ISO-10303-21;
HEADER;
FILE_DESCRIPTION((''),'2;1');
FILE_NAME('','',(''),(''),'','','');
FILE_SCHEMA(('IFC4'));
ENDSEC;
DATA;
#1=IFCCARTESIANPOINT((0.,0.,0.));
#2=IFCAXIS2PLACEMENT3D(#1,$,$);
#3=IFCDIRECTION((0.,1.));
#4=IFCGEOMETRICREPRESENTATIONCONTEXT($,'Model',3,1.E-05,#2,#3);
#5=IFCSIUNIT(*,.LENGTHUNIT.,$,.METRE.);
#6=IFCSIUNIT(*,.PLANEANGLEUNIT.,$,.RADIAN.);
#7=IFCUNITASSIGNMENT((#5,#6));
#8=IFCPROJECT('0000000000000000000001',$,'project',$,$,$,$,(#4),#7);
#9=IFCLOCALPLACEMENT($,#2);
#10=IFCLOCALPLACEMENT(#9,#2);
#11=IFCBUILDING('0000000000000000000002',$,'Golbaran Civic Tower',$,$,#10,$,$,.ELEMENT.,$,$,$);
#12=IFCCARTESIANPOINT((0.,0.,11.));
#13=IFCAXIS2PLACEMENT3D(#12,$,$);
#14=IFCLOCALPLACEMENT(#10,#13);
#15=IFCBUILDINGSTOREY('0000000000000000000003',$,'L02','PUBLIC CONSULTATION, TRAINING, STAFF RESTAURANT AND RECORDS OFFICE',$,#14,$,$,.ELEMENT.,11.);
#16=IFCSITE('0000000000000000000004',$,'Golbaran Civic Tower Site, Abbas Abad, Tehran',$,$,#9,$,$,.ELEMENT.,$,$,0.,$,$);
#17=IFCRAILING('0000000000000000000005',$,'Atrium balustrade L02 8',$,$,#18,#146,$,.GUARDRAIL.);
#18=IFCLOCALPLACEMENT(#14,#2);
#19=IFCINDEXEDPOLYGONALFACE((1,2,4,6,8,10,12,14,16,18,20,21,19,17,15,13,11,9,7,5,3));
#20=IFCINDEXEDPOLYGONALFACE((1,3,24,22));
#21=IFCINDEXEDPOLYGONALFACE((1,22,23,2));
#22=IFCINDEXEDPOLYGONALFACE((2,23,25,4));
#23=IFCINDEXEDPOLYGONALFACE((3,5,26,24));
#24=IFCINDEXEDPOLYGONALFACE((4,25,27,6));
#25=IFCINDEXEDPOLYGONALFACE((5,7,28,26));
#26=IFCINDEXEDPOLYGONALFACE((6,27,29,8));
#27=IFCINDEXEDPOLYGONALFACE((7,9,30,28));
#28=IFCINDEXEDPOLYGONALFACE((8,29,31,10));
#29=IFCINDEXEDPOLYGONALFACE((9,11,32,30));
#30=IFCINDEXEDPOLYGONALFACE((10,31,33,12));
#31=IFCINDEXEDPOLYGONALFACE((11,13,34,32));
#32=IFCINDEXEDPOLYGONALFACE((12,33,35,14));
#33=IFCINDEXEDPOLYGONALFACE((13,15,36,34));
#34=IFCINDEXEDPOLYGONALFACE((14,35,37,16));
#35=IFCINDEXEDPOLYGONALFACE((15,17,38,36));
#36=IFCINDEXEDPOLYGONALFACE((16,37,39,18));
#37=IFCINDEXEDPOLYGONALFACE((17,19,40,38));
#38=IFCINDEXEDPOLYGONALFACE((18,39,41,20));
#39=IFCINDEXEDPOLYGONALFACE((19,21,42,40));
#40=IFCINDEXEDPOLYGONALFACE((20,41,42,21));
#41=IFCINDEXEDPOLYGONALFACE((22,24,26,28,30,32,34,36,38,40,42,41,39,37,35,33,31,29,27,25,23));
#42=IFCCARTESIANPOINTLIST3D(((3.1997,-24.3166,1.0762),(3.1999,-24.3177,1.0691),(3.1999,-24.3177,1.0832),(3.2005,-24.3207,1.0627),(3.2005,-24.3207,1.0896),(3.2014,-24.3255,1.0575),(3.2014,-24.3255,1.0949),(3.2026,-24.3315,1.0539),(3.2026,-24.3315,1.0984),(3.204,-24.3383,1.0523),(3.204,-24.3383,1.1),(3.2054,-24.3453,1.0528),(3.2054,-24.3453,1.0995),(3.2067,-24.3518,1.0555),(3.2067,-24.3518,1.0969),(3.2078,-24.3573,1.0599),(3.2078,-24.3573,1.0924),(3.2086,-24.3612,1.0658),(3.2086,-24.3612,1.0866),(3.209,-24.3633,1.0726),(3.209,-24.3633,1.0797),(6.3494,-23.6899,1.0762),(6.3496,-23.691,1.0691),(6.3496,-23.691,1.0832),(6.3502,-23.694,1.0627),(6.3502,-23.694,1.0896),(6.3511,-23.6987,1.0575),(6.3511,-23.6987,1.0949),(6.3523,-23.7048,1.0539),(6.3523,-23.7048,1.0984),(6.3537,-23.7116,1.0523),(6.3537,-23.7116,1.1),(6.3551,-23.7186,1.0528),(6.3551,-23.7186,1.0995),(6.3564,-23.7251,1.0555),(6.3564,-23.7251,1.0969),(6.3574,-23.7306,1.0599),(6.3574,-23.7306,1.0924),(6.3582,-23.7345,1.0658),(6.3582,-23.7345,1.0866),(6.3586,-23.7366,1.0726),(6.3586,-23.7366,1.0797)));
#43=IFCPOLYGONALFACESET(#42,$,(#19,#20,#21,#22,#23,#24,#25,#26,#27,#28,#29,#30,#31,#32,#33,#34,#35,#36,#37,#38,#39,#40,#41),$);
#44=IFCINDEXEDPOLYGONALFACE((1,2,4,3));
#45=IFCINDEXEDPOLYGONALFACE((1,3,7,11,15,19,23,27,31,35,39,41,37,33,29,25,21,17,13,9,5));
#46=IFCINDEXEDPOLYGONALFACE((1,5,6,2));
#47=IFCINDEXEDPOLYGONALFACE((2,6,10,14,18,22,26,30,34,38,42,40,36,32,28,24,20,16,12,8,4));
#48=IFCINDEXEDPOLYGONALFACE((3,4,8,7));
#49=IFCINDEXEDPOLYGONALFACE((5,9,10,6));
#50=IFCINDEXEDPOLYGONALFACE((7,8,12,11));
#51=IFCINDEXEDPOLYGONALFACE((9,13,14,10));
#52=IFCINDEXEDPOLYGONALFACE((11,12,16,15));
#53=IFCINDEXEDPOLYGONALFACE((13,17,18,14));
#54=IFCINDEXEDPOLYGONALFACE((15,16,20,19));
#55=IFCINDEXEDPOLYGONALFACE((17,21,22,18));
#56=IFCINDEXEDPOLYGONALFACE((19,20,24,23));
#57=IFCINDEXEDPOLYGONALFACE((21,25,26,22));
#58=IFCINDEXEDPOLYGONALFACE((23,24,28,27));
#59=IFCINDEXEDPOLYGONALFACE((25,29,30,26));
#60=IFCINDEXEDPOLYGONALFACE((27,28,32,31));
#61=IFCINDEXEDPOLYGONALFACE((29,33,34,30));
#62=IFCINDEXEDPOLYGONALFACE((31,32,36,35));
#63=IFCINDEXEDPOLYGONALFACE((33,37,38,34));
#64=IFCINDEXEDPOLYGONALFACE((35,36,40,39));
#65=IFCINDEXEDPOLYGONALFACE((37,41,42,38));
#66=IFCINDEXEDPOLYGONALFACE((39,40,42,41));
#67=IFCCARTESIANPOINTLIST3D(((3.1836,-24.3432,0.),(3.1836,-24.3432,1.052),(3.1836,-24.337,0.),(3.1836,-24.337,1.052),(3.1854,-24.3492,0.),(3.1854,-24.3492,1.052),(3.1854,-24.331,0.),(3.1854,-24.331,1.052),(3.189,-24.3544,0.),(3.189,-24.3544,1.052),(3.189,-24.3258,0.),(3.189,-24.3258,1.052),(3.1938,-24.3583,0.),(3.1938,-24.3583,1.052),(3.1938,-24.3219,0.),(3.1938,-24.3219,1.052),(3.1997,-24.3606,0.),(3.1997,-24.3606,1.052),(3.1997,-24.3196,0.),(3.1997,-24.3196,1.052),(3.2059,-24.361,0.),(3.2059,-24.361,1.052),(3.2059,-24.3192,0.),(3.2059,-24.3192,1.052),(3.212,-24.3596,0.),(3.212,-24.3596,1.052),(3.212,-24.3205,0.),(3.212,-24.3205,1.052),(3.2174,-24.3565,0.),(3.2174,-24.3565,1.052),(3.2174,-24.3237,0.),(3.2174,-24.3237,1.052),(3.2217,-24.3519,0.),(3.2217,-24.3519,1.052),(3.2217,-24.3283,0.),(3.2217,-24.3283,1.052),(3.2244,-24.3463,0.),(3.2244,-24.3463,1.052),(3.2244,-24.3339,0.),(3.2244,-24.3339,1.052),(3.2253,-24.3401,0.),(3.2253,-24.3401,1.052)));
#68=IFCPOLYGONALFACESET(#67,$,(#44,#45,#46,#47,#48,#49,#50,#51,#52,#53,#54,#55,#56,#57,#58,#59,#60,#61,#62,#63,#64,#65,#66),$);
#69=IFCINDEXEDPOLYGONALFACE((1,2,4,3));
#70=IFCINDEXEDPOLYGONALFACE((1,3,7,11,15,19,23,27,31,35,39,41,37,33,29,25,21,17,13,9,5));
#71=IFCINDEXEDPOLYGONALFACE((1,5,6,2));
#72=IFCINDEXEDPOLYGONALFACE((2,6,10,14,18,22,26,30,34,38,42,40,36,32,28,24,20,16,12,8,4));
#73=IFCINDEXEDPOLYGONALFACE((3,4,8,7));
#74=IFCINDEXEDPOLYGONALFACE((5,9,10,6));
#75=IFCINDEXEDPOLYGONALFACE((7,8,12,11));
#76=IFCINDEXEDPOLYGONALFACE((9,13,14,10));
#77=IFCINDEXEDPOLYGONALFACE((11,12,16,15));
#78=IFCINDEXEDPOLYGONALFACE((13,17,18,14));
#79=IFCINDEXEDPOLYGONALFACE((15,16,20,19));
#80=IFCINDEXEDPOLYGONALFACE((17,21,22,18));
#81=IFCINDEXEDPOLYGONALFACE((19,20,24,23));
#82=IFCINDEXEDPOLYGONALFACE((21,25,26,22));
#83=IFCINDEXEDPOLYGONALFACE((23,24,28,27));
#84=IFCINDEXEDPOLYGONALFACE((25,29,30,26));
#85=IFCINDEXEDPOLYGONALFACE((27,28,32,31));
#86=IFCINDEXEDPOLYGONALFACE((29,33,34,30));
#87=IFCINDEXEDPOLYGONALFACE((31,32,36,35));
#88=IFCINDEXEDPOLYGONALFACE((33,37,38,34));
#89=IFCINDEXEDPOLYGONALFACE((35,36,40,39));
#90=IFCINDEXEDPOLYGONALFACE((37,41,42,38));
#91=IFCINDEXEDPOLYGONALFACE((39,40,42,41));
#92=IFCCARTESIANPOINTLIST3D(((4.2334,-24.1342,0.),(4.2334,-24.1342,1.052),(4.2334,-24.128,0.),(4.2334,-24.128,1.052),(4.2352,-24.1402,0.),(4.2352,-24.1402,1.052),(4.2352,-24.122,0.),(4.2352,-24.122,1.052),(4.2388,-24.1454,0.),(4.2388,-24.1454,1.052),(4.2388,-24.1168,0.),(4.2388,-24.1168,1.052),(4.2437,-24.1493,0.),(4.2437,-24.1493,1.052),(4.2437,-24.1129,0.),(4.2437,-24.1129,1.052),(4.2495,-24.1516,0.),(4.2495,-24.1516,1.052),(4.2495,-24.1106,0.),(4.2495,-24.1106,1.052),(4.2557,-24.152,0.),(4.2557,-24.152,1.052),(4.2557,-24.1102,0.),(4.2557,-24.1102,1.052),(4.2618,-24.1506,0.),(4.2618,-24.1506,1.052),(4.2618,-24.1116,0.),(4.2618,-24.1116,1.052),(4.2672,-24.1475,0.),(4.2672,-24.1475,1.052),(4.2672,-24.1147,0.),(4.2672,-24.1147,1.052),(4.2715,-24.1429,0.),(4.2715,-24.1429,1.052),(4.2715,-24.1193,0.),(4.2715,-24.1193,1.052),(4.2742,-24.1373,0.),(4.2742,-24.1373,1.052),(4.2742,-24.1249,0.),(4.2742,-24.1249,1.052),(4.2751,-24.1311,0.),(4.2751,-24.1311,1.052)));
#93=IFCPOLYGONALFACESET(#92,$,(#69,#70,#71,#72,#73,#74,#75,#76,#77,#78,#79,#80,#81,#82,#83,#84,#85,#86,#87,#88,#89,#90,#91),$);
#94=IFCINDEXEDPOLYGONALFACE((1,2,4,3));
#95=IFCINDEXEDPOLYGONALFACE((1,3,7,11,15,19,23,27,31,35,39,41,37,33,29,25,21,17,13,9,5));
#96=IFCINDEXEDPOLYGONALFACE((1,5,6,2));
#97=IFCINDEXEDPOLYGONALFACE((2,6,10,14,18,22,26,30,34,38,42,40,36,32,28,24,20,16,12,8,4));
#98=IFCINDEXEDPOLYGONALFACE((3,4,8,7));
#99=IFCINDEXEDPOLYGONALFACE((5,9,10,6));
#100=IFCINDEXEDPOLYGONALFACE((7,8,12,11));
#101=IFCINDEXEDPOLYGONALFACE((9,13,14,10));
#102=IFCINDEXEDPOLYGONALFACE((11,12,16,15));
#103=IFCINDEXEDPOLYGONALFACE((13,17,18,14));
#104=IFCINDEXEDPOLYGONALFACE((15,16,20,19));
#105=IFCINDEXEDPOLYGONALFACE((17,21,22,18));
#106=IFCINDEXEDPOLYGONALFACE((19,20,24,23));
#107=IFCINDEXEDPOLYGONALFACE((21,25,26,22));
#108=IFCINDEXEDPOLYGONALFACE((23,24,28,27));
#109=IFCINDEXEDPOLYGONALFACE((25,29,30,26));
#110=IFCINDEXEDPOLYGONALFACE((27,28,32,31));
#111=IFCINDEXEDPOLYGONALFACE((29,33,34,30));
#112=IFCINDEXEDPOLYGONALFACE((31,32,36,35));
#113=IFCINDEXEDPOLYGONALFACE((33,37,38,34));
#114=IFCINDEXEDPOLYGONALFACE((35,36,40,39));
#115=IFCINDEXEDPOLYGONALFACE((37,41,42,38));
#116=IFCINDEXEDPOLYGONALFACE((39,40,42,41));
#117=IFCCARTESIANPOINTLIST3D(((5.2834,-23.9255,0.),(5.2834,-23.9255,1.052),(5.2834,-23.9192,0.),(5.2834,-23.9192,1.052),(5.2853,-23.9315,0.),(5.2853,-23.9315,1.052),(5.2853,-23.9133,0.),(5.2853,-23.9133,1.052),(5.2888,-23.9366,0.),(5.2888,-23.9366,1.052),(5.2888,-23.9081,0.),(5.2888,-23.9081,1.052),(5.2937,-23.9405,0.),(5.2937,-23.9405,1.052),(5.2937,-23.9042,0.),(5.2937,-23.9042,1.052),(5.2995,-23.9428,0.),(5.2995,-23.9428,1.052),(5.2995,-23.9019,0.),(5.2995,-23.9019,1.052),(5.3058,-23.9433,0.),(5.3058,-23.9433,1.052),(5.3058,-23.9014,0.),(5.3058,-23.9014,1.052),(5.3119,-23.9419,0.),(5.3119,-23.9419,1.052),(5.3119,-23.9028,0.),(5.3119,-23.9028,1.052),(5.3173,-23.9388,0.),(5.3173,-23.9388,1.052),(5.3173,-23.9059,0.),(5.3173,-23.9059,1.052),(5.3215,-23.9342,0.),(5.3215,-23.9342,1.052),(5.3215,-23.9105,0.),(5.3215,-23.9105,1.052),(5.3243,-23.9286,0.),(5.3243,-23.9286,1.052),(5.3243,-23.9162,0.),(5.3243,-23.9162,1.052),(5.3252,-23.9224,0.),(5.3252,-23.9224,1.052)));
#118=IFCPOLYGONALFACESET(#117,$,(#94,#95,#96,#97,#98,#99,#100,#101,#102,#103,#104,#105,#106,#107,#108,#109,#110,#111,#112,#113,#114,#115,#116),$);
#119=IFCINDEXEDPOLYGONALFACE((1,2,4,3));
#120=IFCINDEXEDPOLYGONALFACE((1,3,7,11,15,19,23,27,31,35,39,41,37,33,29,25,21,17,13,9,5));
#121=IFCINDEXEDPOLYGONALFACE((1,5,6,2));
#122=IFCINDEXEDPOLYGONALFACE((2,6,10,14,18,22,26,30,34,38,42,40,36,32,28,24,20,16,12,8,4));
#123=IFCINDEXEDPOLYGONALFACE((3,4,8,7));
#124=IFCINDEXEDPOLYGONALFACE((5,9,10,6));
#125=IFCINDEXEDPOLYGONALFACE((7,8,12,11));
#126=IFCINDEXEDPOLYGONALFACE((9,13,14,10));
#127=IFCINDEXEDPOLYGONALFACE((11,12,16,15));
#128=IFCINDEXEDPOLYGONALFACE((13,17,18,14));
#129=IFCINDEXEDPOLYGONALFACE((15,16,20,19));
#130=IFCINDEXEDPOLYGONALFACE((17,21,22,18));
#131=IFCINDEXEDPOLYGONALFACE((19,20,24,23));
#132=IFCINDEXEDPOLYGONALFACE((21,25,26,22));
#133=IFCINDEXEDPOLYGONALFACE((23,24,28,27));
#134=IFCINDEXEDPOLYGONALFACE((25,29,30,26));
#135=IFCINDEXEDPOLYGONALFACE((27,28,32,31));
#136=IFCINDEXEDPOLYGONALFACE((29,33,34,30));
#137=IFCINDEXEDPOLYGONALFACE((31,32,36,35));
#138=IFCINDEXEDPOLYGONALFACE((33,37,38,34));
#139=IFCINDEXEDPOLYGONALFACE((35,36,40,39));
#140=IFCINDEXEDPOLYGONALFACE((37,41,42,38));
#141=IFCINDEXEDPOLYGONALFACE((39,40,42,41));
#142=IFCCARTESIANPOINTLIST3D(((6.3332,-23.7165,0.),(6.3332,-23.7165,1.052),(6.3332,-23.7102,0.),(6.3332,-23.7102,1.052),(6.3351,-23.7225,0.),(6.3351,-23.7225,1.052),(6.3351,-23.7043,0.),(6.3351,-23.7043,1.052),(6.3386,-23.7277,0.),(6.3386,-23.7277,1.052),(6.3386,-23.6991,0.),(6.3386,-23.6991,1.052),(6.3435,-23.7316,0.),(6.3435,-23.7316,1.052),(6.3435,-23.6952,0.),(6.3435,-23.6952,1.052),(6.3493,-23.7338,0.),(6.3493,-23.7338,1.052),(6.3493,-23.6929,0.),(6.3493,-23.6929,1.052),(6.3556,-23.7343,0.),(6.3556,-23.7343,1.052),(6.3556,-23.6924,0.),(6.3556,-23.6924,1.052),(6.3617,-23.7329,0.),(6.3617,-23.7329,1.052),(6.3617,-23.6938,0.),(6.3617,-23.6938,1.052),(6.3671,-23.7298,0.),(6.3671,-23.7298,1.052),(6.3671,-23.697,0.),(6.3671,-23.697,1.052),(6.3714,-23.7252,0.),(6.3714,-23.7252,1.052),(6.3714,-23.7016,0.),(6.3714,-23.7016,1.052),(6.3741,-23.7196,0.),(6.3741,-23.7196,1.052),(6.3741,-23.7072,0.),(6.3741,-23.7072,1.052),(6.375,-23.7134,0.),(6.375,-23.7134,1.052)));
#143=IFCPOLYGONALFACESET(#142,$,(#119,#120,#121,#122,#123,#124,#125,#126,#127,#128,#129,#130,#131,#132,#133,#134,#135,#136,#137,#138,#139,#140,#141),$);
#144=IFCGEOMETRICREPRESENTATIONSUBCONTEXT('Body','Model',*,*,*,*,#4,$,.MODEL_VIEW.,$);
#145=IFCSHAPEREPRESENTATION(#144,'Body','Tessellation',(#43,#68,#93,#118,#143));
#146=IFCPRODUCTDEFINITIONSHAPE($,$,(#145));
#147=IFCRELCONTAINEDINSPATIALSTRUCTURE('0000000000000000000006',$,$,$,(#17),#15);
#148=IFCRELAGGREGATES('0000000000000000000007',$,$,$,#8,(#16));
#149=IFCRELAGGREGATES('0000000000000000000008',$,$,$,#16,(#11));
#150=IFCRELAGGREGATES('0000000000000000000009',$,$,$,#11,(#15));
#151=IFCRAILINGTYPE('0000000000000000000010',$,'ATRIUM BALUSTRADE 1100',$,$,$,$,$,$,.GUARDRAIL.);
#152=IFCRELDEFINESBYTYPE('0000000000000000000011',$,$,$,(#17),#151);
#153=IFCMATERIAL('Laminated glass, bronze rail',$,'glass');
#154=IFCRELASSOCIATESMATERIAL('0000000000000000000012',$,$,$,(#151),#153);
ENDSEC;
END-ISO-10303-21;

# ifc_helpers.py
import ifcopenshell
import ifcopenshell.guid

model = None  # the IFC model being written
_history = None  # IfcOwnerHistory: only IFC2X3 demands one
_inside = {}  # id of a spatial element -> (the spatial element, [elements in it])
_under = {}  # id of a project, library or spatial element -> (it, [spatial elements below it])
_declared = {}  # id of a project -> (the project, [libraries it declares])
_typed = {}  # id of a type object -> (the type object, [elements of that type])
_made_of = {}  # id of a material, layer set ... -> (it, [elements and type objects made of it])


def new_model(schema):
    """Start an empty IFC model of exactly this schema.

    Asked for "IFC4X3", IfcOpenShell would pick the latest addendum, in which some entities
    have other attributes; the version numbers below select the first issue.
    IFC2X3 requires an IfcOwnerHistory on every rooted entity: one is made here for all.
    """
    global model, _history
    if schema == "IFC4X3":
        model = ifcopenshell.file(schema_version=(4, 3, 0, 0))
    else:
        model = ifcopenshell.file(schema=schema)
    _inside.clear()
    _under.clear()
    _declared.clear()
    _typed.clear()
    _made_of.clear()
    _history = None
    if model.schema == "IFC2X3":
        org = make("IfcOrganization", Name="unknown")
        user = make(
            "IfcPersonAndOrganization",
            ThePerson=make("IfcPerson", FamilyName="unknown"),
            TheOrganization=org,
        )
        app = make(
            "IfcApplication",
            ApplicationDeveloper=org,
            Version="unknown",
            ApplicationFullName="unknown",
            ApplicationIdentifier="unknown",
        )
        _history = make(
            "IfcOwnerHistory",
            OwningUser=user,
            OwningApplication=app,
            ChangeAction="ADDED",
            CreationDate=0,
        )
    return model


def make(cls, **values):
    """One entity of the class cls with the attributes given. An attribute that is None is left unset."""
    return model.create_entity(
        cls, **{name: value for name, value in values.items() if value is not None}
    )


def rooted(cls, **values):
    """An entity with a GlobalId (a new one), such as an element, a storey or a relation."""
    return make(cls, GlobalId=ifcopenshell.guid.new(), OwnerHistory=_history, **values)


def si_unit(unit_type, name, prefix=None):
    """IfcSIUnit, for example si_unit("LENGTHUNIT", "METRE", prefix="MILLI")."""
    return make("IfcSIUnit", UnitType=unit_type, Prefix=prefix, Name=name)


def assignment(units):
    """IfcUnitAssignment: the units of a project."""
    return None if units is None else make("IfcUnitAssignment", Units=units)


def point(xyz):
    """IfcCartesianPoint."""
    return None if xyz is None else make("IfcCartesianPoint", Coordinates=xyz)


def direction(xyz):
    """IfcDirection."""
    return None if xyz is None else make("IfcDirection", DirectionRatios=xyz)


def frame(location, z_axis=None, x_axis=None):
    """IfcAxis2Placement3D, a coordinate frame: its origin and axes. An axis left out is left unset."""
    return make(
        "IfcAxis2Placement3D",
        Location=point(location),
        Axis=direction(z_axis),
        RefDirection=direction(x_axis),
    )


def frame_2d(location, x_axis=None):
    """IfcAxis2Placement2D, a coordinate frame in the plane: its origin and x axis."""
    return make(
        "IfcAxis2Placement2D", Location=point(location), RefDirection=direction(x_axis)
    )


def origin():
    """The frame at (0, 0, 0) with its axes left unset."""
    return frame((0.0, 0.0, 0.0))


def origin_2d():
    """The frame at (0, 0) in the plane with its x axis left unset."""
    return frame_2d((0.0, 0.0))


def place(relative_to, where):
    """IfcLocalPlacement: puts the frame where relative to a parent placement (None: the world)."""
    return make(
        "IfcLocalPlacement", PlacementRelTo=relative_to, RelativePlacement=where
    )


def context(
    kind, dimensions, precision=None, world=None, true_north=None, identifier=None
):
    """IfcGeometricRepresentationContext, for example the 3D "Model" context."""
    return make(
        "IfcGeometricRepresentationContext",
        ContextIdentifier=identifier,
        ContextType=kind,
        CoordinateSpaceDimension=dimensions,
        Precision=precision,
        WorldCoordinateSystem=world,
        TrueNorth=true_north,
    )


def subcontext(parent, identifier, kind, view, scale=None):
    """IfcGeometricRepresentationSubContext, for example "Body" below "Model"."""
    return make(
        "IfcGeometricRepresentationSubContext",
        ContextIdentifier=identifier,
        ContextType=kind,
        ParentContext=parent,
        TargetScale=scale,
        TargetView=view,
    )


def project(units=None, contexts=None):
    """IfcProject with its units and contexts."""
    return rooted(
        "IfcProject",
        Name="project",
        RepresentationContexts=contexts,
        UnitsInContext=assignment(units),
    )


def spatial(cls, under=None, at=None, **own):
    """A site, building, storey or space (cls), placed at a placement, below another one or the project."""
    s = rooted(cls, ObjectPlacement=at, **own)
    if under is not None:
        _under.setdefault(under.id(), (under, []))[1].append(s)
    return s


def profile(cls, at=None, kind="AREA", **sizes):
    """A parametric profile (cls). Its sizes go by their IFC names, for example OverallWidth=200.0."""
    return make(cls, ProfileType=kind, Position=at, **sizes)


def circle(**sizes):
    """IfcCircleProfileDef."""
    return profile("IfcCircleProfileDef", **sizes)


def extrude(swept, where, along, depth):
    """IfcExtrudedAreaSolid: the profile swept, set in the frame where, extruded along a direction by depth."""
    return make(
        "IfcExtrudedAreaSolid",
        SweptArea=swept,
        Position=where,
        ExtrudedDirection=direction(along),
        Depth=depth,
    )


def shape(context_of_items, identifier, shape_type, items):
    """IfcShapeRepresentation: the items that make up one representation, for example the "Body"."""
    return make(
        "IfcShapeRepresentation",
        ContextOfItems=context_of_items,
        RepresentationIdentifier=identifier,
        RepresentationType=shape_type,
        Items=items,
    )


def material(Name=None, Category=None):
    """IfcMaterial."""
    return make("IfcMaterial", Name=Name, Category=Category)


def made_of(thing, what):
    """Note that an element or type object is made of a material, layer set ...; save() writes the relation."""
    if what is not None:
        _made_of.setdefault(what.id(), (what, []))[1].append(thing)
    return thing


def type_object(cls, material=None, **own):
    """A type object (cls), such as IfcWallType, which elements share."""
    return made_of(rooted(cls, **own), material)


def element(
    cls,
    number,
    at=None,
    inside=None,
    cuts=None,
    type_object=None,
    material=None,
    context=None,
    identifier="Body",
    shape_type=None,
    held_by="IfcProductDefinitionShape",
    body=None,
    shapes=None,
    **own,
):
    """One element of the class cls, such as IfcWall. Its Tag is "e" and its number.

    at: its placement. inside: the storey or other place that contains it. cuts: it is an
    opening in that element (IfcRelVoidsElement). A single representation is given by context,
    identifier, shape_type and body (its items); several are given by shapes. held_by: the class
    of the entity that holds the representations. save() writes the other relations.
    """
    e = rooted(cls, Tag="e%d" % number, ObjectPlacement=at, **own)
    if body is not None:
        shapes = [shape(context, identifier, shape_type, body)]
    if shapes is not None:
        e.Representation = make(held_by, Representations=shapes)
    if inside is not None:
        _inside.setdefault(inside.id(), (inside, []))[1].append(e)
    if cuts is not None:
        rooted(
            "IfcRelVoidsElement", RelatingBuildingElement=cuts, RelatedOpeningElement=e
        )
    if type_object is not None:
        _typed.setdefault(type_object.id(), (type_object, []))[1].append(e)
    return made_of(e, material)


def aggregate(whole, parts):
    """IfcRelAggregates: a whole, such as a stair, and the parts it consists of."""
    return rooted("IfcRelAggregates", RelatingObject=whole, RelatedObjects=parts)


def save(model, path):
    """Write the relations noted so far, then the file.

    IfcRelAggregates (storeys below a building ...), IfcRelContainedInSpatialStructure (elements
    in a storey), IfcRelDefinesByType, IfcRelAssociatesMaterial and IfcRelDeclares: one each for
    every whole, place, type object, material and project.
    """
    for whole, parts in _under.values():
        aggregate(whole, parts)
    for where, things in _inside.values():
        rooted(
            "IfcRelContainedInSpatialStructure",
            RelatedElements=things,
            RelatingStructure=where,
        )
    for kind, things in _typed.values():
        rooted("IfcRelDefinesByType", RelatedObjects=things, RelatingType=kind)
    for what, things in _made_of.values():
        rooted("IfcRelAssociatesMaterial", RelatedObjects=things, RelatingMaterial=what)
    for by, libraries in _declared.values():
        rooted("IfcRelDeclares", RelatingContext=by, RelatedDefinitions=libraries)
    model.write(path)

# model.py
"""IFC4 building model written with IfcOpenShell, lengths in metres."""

from ifc_helpers import new_model, si_unit, direction, frame, origin, origin_2d, place, context, subcontext, project, spatial, circle, extrude, material, type_object, element, save


model = new_model("IFC4")

# Units and contexts
model_context = context("Model", 3, precision=1e-05, world=origin(), true_north=direction((0.0, 1.0)))
body_context = subcontext(model_context, "Body", "Model", "MODEL_VIEW")
ifc_project = project(units=[si_unit("LENGTHUNIT", "METRE"), si_unit("PLANEANGLEUNIT", "RADIAN")], contexts=[model_context])

# Site, building, storey
site_placement = place(None, origin())
site = spatial("IfcSite", under=ifc_project, at=site_placement, Name="Golbaran Civic Tower Site, Abbas Abad, Tehran", CompositionType="ELEMENT", RefElevation=0.0)
building_placement = place(site_placement, origin())
building = spatial("IfcBuilding", under=site, at=building_placement, Name="Golbaran Civic Tower", CompositionType="ELEMENT")
storey_placement = place(building_placement, frame((0.0, 0.0, 11.0)))
storey = spatial("IfcBuildingStorey", under=building, at=storey_placement, Name="L02", Description="PUBLIC CONSULTATION, TRAINING, STAFF RESTAURANT AND RECORDS OFFICE", CompositionType="ELEMENT", Elevation=11.0)

# Railing
ifc_material_1 = material(Name="Laminated glass, bronze rail", Category="glass")
railing_type = type_object("IfcRailingType", Name="ATRIUM BALUSTRADE 1100", PredefinedType="GUARDRAIL", material=ifc_material_1)
railing_1_placement = place(storey_placement, frame((3.2043, -24.3401, 0.0)))
element("IfcRailing", 1, at=railing_1_placement, inside=storey, type_object=railing_type, Name="Atrium balustrade L02 8", PredefinedType="GUARDRAIL", context=body_context, shape_type="SweptSolid", body=[
    extrude(circle(Radius=0.0239, at=origin_2d()), frame((0.0, 0.0, 1.0762), z_axis=(0.980773, 0.195151, 0.0), x_axis=(-0.195151, 0.980773, 0.0)), (0.0, 0.0, 1.0), 3.2114),
    extrude(circle(Radius=0.021, at=origin_2d()), origin(), (0.0, 0.0, 1.0), 1.052),
    extrude(circle(Radius=0.021, at=origin_2d()), frame((1.0498, 0.209, 0.0)), (0.0, 0.0, 1.0), 1.052),
    extrude(circle(Radius=0.021, at=origin_2d()), frame((2.0999, 0.4177, 0.0)), (0.0, 0.0, 1.0), 1.052),
    extrude(circle(Radius=0.021, at=origin_2d()), frame((3.1497, 0.6267, 0.0)), (0.0, 0.0, 1.0), 1.052),
])

save(model, "model.ifc")
